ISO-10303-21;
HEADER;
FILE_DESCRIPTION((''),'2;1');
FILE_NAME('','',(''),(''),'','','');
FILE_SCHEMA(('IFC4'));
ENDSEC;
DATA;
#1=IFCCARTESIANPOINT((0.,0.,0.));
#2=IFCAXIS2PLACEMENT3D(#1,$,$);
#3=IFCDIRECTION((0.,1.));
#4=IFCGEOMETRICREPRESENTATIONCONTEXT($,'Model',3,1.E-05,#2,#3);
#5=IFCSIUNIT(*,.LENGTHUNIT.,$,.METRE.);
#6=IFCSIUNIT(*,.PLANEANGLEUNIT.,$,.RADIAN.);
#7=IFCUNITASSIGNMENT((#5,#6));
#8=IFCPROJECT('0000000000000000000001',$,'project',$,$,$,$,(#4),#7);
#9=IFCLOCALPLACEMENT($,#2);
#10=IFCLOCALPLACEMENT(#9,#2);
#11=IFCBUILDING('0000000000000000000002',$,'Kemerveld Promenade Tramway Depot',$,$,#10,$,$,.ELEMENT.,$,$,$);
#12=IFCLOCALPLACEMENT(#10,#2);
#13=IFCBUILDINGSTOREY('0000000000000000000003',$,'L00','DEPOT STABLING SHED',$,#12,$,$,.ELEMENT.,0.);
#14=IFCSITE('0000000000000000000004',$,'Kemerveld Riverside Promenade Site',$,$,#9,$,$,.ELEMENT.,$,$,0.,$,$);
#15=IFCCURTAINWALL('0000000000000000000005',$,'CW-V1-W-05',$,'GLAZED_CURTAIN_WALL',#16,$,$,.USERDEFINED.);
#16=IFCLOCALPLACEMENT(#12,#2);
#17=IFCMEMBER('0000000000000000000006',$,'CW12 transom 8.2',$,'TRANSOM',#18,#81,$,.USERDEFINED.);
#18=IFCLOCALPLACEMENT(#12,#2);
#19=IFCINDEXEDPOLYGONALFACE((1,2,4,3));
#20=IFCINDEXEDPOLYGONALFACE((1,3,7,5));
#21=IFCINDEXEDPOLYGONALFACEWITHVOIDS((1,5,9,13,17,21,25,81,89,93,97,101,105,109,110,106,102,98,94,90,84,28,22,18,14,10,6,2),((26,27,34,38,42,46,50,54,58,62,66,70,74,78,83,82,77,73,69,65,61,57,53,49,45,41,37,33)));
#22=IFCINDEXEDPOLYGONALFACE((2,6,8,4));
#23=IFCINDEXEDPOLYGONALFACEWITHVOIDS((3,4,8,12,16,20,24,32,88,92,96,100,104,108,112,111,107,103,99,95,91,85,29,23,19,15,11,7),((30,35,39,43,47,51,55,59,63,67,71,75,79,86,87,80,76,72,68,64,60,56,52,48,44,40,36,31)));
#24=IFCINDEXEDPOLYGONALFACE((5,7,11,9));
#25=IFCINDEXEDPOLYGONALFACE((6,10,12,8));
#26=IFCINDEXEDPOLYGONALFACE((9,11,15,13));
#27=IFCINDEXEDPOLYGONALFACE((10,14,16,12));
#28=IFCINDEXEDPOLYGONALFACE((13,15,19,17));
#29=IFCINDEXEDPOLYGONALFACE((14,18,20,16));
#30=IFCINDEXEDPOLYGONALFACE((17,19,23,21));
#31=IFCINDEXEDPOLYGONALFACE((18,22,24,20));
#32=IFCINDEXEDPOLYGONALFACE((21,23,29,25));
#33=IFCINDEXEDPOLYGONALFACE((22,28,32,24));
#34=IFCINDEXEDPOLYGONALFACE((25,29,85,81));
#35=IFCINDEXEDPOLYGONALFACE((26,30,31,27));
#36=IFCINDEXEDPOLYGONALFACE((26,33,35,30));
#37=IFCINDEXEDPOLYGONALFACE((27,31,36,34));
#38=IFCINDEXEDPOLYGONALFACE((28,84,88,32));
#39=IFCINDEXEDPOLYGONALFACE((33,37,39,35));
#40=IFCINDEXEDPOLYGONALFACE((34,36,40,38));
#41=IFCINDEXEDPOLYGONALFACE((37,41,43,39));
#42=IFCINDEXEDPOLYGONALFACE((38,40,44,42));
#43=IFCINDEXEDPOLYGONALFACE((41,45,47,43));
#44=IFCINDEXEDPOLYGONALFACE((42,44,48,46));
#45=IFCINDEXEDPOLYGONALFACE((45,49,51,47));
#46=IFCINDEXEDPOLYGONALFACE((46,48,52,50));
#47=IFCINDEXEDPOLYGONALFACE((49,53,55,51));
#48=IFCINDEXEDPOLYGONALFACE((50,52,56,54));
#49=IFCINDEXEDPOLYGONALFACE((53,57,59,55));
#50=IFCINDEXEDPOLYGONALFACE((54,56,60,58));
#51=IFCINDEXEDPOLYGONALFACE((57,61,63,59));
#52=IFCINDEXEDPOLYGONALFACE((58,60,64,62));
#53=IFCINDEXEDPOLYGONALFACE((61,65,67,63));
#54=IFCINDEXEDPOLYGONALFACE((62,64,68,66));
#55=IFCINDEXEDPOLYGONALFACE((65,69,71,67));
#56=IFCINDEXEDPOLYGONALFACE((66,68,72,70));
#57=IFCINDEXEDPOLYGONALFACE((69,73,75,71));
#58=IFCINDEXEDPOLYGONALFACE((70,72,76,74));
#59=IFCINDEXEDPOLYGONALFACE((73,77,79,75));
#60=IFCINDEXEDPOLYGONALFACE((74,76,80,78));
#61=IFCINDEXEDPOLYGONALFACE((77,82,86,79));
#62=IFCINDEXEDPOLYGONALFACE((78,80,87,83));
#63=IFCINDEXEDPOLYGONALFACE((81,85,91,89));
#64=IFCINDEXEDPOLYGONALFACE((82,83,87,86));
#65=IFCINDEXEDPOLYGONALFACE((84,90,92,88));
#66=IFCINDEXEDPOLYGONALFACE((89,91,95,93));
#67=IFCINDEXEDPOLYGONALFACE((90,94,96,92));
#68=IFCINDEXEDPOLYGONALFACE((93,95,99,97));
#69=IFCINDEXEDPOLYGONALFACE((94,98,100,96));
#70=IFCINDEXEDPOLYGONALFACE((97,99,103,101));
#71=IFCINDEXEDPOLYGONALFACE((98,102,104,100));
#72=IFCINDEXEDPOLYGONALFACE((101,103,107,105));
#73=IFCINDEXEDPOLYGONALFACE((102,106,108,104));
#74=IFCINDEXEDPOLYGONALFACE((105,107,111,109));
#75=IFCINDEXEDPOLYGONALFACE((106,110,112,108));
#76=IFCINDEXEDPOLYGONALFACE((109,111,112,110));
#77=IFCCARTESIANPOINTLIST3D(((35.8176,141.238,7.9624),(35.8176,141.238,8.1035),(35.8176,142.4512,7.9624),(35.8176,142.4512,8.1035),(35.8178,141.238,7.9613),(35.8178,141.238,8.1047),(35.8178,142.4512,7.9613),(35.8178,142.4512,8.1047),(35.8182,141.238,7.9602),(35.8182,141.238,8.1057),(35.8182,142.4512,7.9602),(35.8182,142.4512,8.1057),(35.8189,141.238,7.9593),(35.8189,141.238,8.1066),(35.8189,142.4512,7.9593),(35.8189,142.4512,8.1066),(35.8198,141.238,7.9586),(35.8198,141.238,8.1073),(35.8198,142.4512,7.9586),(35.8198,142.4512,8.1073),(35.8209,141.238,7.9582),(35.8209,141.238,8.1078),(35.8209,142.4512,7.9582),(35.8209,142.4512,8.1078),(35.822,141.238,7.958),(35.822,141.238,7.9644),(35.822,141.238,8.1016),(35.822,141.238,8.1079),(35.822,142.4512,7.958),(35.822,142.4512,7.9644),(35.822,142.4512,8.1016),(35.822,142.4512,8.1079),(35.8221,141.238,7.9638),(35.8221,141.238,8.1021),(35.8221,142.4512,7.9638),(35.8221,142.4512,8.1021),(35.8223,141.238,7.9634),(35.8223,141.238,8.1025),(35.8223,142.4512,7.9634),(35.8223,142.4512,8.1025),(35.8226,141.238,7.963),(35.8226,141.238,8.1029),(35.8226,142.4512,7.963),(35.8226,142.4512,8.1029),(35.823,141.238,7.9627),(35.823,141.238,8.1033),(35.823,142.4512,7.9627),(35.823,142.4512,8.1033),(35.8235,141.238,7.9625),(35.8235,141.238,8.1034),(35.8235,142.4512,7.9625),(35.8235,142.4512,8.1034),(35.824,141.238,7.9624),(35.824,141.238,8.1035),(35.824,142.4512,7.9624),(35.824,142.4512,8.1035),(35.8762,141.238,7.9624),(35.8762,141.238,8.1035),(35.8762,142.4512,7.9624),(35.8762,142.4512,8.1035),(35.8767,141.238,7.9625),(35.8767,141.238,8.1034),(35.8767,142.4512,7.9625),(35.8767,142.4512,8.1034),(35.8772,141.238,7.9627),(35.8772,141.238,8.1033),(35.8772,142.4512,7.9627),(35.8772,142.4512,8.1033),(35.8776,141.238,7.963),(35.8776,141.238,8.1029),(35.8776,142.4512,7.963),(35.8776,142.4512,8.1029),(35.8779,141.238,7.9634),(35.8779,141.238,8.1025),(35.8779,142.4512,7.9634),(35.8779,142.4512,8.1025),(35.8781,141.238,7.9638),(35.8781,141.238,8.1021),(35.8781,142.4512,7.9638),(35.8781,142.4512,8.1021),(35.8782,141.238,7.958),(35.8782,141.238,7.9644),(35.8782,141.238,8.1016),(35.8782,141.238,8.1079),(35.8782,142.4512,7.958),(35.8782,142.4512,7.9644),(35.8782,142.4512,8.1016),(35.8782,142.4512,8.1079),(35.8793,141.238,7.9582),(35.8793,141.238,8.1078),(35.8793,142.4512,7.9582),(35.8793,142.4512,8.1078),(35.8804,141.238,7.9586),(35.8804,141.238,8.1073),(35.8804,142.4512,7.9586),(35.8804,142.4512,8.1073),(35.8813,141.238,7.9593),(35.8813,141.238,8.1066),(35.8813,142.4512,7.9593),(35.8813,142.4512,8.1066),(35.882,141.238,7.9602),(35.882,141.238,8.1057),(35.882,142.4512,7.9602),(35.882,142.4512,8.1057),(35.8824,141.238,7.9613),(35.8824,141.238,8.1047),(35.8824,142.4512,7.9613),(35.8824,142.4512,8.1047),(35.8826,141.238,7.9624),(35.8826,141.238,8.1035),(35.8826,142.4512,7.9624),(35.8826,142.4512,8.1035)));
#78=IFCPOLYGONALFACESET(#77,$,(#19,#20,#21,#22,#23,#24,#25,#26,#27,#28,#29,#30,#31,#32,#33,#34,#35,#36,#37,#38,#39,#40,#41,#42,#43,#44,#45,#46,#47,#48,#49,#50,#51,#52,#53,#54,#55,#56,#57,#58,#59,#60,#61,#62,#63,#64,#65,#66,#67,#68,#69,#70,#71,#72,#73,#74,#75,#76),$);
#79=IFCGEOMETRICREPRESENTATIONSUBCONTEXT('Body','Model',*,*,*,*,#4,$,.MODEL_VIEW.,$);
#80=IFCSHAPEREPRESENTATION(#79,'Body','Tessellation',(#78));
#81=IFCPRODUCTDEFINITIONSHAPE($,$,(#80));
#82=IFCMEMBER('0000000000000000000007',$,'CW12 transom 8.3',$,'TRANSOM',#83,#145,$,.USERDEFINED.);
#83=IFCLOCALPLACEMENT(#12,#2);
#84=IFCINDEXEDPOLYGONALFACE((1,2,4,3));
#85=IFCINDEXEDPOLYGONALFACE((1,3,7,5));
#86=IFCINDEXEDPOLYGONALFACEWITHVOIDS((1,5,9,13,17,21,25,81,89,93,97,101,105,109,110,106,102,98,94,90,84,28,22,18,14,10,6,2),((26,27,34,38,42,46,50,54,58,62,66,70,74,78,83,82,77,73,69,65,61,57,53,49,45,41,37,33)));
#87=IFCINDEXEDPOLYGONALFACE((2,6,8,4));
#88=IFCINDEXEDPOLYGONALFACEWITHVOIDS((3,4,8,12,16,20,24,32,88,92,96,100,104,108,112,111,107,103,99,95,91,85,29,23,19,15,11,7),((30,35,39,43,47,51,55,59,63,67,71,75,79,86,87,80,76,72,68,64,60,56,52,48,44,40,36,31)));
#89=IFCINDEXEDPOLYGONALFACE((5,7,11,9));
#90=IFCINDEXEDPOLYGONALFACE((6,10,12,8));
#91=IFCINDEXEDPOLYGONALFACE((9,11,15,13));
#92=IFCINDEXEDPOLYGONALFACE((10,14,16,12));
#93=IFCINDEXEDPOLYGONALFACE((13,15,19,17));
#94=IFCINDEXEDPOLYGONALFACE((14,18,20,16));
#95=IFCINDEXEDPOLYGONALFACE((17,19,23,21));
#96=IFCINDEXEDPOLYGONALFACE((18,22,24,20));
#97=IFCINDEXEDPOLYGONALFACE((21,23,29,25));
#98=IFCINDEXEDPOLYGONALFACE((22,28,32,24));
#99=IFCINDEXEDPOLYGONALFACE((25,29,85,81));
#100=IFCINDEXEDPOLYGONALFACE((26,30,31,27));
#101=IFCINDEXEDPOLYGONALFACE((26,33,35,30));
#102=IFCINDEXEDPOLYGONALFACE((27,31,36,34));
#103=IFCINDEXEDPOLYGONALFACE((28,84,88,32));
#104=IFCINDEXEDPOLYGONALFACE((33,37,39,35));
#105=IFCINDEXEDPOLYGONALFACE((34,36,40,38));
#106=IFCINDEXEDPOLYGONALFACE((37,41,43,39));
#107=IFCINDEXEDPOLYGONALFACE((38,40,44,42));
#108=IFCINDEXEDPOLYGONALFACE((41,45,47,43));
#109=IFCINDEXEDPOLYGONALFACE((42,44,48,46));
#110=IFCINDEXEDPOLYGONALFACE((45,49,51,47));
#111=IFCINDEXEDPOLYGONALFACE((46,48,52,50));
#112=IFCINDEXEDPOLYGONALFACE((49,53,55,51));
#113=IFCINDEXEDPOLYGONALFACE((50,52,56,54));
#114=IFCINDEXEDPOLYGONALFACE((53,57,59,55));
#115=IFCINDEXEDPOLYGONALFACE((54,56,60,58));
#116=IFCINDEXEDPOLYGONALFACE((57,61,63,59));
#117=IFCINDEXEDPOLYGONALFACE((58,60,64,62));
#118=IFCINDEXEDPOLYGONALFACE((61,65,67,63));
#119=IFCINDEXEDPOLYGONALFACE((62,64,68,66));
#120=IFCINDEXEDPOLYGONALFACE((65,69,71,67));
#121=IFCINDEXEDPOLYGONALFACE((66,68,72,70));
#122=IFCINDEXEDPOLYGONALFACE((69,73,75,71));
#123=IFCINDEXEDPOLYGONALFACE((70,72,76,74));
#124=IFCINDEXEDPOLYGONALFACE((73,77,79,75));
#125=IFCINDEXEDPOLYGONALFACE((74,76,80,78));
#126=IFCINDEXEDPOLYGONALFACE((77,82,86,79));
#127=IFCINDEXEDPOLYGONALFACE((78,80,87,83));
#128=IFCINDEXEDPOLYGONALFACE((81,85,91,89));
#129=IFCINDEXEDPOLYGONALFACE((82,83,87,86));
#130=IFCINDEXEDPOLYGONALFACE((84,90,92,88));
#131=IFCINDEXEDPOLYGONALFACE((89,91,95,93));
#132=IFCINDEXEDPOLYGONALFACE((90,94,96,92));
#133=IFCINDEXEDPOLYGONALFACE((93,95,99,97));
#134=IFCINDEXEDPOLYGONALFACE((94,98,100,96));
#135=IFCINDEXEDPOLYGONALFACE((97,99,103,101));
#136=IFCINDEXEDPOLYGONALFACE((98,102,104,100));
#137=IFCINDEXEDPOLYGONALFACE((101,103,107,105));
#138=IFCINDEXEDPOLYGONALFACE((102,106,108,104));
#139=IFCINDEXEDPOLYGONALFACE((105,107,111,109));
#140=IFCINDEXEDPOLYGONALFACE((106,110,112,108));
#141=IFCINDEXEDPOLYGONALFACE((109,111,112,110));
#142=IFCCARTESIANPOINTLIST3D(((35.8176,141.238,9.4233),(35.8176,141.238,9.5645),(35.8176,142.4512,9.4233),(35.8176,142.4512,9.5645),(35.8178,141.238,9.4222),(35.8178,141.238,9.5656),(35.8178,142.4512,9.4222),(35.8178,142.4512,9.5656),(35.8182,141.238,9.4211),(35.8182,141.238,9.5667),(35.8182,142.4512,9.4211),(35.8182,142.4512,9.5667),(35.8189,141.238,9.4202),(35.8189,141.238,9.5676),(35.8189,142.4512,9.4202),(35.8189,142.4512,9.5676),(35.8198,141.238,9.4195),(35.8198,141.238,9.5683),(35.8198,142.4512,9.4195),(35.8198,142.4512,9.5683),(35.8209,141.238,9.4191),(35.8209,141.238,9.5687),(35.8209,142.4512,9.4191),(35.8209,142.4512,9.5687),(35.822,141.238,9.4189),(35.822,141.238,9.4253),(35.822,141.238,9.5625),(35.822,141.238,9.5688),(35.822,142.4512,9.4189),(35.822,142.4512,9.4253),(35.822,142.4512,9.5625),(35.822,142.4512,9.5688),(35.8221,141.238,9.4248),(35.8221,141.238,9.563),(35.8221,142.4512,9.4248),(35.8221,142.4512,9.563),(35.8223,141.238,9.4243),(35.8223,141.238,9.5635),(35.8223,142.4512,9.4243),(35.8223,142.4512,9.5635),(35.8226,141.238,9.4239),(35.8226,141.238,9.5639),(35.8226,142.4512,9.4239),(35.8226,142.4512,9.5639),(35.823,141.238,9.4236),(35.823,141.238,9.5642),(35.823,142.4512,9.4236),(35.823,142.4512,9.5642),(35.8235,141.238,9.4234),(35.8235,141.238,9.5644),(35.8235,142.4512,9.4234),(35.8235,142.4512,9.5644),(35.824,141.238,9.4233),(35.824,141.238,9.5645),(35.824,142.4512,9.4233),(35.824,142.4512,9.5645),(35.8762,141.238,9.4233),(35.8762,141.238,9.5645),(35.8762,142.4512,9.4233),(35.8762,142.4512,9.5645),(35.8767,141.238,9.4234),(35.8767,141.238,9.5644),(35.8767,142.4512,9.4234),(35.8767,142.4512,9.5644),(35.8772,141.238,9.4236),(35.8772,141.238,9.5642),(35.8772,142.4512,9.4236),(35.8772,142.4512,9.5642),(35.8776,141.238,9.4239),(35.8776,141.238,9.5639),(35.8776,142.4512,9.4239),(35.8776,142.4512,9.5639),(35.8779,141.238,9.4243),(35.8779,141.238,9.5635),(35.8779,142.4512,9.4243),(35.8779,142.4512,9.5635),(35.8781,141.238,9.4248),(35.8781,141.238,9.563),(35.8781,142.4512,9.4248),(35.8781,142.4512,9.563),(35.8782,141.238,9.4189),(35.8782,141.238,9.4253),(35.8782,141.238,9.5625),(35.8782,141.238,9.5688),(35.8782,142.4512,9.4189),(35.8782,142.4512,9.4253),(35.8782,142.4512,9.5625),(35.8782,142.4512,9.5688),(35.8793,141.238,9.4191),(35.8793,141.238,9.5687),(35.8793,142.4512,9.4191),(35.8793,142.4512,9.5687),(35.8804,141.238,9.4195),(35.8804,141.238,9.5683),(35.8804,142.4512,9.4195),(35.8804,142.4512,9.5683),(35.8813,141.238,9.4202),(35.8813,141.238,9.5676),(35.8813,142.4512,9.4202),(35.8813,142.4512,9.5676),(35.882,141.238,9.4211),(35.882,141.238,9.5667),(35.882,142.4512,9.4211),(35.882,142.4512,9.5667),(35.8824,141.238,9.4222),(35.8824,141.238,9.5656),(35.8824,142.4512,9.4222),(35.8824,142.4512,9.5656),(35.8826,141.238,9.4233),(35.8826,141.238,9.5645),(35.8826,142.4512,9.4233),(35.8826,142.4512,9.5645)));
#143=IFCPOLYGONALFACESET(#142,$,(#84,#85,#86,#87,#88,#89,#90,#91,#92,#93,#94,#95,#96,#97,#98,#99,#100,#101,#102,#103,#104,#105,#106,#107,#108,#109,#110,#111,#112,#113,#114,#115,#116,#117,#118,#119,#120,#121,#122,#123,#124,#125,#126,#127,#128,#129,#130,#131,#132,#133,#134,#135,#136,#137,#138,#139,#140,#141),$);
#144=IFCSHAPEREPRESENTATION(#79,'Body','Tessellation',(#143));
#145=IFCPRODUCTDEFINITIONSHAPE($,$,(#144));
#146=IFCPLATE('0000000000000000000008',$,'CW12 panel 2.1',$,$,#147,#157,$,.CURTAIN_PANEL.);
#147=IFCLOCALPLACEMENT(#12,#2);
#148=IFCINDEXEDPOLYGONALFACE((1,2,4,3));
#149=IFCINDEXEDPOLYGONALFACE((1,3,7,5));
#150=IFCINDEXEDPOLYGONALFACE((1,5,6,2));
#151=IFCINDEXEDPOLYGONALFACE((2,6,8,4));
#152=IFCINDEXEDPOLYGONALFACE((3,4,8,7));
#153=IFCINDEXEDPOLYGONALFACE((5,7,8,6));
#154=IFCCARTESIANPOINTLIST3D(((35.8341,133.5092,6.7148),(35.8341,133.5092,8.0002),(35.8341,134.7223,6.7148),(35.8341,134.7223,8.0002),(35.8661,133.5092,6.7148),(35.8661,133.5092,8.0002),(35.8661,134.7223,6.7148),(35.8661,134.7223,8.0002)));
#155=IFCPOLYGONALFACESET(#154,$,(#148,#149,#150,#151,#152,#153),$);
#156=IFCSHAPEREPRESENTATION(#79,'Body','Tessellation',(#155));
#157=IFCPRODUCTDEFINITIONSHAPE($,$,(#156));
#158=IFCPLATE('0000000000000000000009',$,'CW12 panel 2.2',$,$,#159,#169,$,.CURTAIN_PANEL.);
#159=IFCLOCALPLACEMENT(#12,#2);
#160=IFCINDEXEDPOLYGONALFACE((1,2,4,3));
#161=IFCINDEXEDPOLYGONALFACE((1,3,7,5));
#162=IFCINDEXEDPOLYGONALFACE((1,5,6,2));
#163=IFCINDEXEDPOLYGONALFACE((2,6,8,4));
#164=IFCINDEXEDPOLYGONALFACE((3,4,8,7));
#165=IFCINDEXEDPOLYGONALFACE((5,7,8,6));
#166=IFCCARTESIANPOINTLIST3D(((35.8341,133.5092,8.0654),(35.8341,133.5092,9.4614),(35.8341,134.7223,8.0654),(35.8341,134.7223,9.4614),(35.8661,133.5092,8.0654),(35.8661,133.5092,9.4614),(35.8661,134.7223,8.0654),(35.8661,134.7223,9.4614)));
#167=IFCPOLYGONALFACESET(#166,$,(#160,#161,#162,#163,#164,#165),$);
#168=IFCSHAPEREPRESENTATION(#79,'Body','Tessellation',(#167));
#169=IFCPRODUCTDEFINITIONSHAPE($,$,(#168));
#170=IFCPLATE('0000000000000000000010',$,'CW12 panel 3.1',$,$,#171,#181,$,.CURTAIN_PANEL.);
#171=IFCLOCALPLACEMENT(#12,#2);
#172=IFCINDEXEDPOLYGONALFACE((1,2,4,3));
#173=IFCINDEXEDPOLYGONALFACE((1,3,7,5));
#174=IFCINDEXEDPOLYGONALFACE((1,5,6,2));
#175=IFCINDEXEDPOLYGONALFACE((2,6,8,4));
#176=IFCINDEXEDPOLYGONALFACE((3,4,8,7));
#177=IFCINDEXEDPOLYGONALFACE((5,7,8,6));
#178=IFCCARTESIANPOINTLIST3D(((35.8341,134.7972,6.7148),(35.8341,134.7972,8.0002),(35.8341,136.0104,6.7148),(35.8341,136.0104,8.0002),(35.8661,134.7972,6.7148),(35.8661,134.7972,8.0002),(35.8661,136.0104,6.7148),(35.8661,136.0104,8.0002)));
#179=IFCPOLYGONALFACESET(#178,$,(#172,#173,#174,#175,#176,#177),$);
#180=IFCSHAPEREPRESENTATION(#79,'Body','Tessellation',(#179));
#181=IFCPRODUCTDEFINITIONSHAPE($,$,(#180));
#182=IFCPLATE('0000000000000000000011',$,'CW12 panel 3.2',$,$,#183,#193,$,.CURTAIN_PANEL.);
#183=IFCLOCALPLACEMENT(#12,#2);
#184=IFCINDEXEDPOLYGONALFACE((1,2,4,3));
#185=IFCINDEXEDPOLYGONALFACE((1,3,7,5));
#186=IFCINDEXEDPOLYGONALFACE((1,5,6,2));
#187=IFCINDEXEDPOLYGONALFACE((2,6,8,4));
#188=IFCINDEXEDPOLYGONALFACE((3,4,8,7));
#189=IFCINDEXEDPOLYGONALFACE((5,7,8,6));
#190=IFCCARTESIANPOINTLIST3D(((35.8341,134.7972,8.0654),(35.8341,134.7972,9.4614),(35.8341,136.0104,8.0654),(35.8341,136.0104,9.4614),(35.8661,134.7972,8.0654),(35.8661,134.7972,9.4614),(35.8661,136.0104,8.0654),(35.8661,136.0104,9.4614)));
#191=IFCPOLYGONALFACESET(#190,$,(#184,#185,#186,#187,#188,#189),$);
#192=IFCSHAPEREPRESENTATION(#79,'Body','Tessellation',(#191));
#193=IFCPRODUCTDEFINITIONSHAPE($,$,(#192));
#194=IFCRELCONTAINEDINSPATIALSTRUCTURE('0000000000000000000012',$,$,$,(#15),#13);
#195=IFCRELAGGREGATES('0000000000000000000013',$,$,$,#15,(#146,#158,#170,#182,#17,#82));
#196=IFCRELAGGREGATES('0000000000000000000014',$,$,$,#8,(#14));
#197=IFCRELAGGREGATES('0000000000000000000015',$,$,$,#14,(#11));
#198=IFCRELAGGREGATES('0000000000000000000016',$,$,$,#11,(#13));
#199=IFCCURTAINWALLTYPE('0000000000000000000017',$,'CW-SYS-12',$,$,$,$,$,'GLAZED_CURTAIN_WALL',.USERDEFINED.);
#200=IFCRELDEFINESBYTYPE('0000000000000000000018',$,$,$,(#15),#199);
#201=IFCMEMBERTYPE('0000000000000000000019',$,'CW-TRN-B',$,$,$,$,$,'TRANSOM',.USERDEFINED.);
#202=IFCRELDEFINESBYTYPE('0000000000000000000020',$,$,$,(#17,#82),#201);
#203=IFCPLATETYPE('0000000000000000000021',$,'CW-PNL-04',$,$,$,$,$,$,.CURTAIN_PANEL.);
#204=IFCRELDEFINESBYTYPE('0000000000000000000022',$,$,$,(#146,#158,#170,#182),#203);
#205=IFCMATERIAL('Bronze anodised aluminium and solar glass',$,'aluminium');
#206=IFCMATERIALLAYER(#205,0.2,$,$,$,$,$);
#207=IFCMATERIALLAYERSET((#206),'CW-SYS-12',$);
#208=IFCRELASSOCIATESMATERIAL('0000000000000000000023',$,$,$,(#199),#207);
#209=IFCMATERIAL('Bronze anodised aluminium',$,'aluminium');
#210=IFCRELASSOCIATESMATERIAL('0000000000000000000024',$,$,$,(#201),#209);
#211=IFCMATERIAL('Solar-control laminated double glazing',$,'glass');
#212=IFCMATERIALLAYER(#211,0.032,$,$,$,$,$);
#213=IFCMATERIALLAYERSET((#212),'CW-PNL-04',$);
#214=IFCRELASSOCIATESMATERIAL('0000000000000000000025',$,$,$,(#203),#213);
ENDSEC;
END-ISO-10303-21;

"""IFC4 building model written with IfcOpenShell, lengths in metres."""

from ifc_helpers import new_model, si_unit, direction, frame, origin, origin_2d, place, context, subcontext, project, spatial, rectangle, hollow_rectangle, extrude, material, layer, layer_set, material_profile, profile_set, type_object, element, aggregate, save


model = new_model("IFC4")

# Units and contexts
model_context = context("Model", 3, precision=1e-05, world=origin(), true_north=direction((0.0, 1.0)))
body_context = subcontext(model_context, "Body", "Model", "MODEL_VIEW")
ifc_project = project(units=[si_unit("LENGTHUNIT", "METRE"), si_unit("PLANEANGLEUNIT", "RADIAN")], contexts=[model_context])

# Site, building, storey
site_placement = place(None, origin())
site = spatial("IfcSite", under=ifc_project, at=site_placement, Name="Kemerveld Riverside Promenade Site", CompositionType="ELEMENT", RefElevation=0.0)
building_placement = place(site_placement, origin())
building = spatial("IfcBuilding", under=site, at=building_placement, Name="Kemerveld Promenade Tramway Depot", CompositionType="ELEMENT")
storey_placement = place(building_placement, origin())
storey = spatial("IfcBuildingStorey", under=building, at=storey_placement, Name="L00", Description="DEPOT STABLING SHED", CompositionType="ELEMENT", Elevation=0.0)

# Curtain wall, members, plates
ifc_material_1 = material(Name="Bronze anodised aluminium and solar glass", Category="aluminium")
ifc_layer_1 = layer(ifc_material_1, 0.2)
ifc_layer_set_1 = layer_set([ifc_layer_1], Name="CW-SYS-12")
curtain_wall_type = type_object("IfcCurtainWallType", Name="CW-SYS-12", ElementType="GLAZED_CURTAIN_WALL", PredefinedType="USERDEFINED", material=ifc_layer_set_1)
curtain_wall_placement = place(storey_placement, origin())
curtain_wall = element("IfcCurtainWall", 1, at=curtain_wall_placement, inside=storey, type_object=curtain_wall_type, Name="CW-V1-W-05", ObjectType="GLAZED_CURTAIN_WALL", PredefinedType="USERDEFINED")
ifc_material_2 = material(Name="Bronze anodised aluminium", Category="aluminium")
ifc_material_profile_1 = material_profile(ifc_material_2, hollow_rectangle(XDim=0.0649, YDim=0.1499, WallThickness=0.0044, InnerFilletRadius=0.002, OuterFilletRadius=0.0044, at=origin_2d()), Name="CW-TRN-150x65")
ifc_profile_set_1 = profile_set([ifc_material_profile_1], Name="Bronze anodised aluminium")
member_type_1 = type_object("IfcMemberType", Name="CW-TRN-B", ElementType="TRANSOM", PredefinedType="USERDEFINED", material=ifc_profile_set_1)
member_1_placement = place(storey_placement, frame((35.8501, 141.238, 8.033), z_axis=(0.0, 1.0, 0.0), x_axis=(-1.0, 0.0, 0.0)))
member_1 = element("IfcMember", 2, at=member_1_placement, type_object=member_type_1, Name="CW12 transom 8.2", ObjectType="TRANSOM", PredefinedType="USERDEFINED", context=body_context, shape_type="SweptSolid", body=[
    extrude(hollow_rectangle(XDim=0.0649, YDim=0.1499, WallThickness=0.0044, InnerFilletRadius=0.002, OuterFilletRadius=0.0044, at=origin_2d()), origin(), (0.0, 0.0, 1.0), 1.2131),
])
member_2_placement = place(storey_placement, frame((35.8501, 141.238, 9.4939), z_axis=(0.0, 1.0, 0.0), x_axis=(-1.0, 0.0, 0.0)))
member_2 = element("IfcMember", 3, at=member_2_placement, type_object=member_type_1, Name="CW12 transom 8.3", ObjectType="TRANSOM", PredefinedType="USERDEFINED", context=body_context, shape_type="SweptSolid", body=[
    extrude(hollow_rectangle(XDim=0.0649, YDim=0.1499, WallThickness=0.0044, InnerFilletRadius=0.002, OuterFilletRadius=0.0044, at=origin_2d()), origin(), (0.0, 0.0, 1.0), 1.2131),
])
ifc_material_3 = material(Name="Solar-control laminated double glazing", Category="glass")
ifc_layer_2 = layer(ifc_material_3, 0.032)
ifc_layer_set_2 = layer_set([ifc_layer_2], Name="CW-PNL-04")
plate_type = type_object("IfcPlateType", Name="CW-PNL-04", PredefinedType="CURTAIN_PANEL", material=ifc_layer_set_2)
plate_1_placement = place(storey_placement, frame((35.8501, 134.1157, 6.7148), z_axis=(0.0, 0.0, 1.0), x_axis=(0.0, 1.0, 0.0)))
plate_1 = element("IfcPlate", 4, at=plate_1_placement, type_object=plate_type, Name="CW12 panel 2.1", PredefinedType="CURTAIN_PANEL", context=body_context, shape_type="SweptSolid", body=[
    extrude(rectangle(XDim=1.2131, YDim=0.032, at=origin_2d()), origin(), (0.0, 0.0, 1.0), 1.2854),
])
plate_2_placement = place(storey_placement, frame((35.8501, 134.1157, 8.0654), z_axis=(0.0, 0.0, 1.0), x_axis=(0.0, 1.0, 0.0)))
plate_2 = element("IfcPlate", 5, at=plate_2_placement, type_object=plate_type, Name="CW12 panel 2.2", PredefinedType="CURTAIN_PANEL", context=body_context, shape_type="SweptSolid", body=[
    extrude(rectangle(XDim=1.2131, YDim=0.032, at=origin_2d()), origin(), (0.0, 0.0, 1.0), 1.396),
])
plate_3_placement = place(storey_placement, frame((35.8501, 135.4038, 6.7148), z_axis=(0.0, 0.0, 1.0), x_axis=(0.0, 1.0, 0.0)))
plate_3 = element("IfcPlate", 6, at=plate_3_placement, type_object=plate_type, Name="CW12 panel 3.1", PredefinedType="CURTAIN_PANEL", context=body_context, shape_type="SweptSolid", body=[
    extrude(rectangle(XDim=1.2131, YDim=0.032, at=origin_2d()), origin(), (0.0, 0.0, 1.0), 1.2854),
])
plate_4_placement = place(storey_placement, frame((35.8501, 135.4038, 8.0654), z_axis=(0.0, 0.0, 1.0), x_axis=(0.0, 1.0, 0.0)))
plate_4 = element("IfcPlate", 7, at=plate_4_placement, type_object=plate_type, Name="CW12 panel 3.2", PredefinedType="CURTAIN_PANEL", context=body_context, shape_type="SweptSolid", body=[
    extrude(rectangle(XDim=1.2131, YDim=0.032, at=origin_2d()), origin(), (0.0, 0.0, 1.0), 1.396),
])
aggregate(curtain_wall, [plate_1, plate_2, plate_3, plate_4, member_1, member_2])

save(model, "model.ifc")
